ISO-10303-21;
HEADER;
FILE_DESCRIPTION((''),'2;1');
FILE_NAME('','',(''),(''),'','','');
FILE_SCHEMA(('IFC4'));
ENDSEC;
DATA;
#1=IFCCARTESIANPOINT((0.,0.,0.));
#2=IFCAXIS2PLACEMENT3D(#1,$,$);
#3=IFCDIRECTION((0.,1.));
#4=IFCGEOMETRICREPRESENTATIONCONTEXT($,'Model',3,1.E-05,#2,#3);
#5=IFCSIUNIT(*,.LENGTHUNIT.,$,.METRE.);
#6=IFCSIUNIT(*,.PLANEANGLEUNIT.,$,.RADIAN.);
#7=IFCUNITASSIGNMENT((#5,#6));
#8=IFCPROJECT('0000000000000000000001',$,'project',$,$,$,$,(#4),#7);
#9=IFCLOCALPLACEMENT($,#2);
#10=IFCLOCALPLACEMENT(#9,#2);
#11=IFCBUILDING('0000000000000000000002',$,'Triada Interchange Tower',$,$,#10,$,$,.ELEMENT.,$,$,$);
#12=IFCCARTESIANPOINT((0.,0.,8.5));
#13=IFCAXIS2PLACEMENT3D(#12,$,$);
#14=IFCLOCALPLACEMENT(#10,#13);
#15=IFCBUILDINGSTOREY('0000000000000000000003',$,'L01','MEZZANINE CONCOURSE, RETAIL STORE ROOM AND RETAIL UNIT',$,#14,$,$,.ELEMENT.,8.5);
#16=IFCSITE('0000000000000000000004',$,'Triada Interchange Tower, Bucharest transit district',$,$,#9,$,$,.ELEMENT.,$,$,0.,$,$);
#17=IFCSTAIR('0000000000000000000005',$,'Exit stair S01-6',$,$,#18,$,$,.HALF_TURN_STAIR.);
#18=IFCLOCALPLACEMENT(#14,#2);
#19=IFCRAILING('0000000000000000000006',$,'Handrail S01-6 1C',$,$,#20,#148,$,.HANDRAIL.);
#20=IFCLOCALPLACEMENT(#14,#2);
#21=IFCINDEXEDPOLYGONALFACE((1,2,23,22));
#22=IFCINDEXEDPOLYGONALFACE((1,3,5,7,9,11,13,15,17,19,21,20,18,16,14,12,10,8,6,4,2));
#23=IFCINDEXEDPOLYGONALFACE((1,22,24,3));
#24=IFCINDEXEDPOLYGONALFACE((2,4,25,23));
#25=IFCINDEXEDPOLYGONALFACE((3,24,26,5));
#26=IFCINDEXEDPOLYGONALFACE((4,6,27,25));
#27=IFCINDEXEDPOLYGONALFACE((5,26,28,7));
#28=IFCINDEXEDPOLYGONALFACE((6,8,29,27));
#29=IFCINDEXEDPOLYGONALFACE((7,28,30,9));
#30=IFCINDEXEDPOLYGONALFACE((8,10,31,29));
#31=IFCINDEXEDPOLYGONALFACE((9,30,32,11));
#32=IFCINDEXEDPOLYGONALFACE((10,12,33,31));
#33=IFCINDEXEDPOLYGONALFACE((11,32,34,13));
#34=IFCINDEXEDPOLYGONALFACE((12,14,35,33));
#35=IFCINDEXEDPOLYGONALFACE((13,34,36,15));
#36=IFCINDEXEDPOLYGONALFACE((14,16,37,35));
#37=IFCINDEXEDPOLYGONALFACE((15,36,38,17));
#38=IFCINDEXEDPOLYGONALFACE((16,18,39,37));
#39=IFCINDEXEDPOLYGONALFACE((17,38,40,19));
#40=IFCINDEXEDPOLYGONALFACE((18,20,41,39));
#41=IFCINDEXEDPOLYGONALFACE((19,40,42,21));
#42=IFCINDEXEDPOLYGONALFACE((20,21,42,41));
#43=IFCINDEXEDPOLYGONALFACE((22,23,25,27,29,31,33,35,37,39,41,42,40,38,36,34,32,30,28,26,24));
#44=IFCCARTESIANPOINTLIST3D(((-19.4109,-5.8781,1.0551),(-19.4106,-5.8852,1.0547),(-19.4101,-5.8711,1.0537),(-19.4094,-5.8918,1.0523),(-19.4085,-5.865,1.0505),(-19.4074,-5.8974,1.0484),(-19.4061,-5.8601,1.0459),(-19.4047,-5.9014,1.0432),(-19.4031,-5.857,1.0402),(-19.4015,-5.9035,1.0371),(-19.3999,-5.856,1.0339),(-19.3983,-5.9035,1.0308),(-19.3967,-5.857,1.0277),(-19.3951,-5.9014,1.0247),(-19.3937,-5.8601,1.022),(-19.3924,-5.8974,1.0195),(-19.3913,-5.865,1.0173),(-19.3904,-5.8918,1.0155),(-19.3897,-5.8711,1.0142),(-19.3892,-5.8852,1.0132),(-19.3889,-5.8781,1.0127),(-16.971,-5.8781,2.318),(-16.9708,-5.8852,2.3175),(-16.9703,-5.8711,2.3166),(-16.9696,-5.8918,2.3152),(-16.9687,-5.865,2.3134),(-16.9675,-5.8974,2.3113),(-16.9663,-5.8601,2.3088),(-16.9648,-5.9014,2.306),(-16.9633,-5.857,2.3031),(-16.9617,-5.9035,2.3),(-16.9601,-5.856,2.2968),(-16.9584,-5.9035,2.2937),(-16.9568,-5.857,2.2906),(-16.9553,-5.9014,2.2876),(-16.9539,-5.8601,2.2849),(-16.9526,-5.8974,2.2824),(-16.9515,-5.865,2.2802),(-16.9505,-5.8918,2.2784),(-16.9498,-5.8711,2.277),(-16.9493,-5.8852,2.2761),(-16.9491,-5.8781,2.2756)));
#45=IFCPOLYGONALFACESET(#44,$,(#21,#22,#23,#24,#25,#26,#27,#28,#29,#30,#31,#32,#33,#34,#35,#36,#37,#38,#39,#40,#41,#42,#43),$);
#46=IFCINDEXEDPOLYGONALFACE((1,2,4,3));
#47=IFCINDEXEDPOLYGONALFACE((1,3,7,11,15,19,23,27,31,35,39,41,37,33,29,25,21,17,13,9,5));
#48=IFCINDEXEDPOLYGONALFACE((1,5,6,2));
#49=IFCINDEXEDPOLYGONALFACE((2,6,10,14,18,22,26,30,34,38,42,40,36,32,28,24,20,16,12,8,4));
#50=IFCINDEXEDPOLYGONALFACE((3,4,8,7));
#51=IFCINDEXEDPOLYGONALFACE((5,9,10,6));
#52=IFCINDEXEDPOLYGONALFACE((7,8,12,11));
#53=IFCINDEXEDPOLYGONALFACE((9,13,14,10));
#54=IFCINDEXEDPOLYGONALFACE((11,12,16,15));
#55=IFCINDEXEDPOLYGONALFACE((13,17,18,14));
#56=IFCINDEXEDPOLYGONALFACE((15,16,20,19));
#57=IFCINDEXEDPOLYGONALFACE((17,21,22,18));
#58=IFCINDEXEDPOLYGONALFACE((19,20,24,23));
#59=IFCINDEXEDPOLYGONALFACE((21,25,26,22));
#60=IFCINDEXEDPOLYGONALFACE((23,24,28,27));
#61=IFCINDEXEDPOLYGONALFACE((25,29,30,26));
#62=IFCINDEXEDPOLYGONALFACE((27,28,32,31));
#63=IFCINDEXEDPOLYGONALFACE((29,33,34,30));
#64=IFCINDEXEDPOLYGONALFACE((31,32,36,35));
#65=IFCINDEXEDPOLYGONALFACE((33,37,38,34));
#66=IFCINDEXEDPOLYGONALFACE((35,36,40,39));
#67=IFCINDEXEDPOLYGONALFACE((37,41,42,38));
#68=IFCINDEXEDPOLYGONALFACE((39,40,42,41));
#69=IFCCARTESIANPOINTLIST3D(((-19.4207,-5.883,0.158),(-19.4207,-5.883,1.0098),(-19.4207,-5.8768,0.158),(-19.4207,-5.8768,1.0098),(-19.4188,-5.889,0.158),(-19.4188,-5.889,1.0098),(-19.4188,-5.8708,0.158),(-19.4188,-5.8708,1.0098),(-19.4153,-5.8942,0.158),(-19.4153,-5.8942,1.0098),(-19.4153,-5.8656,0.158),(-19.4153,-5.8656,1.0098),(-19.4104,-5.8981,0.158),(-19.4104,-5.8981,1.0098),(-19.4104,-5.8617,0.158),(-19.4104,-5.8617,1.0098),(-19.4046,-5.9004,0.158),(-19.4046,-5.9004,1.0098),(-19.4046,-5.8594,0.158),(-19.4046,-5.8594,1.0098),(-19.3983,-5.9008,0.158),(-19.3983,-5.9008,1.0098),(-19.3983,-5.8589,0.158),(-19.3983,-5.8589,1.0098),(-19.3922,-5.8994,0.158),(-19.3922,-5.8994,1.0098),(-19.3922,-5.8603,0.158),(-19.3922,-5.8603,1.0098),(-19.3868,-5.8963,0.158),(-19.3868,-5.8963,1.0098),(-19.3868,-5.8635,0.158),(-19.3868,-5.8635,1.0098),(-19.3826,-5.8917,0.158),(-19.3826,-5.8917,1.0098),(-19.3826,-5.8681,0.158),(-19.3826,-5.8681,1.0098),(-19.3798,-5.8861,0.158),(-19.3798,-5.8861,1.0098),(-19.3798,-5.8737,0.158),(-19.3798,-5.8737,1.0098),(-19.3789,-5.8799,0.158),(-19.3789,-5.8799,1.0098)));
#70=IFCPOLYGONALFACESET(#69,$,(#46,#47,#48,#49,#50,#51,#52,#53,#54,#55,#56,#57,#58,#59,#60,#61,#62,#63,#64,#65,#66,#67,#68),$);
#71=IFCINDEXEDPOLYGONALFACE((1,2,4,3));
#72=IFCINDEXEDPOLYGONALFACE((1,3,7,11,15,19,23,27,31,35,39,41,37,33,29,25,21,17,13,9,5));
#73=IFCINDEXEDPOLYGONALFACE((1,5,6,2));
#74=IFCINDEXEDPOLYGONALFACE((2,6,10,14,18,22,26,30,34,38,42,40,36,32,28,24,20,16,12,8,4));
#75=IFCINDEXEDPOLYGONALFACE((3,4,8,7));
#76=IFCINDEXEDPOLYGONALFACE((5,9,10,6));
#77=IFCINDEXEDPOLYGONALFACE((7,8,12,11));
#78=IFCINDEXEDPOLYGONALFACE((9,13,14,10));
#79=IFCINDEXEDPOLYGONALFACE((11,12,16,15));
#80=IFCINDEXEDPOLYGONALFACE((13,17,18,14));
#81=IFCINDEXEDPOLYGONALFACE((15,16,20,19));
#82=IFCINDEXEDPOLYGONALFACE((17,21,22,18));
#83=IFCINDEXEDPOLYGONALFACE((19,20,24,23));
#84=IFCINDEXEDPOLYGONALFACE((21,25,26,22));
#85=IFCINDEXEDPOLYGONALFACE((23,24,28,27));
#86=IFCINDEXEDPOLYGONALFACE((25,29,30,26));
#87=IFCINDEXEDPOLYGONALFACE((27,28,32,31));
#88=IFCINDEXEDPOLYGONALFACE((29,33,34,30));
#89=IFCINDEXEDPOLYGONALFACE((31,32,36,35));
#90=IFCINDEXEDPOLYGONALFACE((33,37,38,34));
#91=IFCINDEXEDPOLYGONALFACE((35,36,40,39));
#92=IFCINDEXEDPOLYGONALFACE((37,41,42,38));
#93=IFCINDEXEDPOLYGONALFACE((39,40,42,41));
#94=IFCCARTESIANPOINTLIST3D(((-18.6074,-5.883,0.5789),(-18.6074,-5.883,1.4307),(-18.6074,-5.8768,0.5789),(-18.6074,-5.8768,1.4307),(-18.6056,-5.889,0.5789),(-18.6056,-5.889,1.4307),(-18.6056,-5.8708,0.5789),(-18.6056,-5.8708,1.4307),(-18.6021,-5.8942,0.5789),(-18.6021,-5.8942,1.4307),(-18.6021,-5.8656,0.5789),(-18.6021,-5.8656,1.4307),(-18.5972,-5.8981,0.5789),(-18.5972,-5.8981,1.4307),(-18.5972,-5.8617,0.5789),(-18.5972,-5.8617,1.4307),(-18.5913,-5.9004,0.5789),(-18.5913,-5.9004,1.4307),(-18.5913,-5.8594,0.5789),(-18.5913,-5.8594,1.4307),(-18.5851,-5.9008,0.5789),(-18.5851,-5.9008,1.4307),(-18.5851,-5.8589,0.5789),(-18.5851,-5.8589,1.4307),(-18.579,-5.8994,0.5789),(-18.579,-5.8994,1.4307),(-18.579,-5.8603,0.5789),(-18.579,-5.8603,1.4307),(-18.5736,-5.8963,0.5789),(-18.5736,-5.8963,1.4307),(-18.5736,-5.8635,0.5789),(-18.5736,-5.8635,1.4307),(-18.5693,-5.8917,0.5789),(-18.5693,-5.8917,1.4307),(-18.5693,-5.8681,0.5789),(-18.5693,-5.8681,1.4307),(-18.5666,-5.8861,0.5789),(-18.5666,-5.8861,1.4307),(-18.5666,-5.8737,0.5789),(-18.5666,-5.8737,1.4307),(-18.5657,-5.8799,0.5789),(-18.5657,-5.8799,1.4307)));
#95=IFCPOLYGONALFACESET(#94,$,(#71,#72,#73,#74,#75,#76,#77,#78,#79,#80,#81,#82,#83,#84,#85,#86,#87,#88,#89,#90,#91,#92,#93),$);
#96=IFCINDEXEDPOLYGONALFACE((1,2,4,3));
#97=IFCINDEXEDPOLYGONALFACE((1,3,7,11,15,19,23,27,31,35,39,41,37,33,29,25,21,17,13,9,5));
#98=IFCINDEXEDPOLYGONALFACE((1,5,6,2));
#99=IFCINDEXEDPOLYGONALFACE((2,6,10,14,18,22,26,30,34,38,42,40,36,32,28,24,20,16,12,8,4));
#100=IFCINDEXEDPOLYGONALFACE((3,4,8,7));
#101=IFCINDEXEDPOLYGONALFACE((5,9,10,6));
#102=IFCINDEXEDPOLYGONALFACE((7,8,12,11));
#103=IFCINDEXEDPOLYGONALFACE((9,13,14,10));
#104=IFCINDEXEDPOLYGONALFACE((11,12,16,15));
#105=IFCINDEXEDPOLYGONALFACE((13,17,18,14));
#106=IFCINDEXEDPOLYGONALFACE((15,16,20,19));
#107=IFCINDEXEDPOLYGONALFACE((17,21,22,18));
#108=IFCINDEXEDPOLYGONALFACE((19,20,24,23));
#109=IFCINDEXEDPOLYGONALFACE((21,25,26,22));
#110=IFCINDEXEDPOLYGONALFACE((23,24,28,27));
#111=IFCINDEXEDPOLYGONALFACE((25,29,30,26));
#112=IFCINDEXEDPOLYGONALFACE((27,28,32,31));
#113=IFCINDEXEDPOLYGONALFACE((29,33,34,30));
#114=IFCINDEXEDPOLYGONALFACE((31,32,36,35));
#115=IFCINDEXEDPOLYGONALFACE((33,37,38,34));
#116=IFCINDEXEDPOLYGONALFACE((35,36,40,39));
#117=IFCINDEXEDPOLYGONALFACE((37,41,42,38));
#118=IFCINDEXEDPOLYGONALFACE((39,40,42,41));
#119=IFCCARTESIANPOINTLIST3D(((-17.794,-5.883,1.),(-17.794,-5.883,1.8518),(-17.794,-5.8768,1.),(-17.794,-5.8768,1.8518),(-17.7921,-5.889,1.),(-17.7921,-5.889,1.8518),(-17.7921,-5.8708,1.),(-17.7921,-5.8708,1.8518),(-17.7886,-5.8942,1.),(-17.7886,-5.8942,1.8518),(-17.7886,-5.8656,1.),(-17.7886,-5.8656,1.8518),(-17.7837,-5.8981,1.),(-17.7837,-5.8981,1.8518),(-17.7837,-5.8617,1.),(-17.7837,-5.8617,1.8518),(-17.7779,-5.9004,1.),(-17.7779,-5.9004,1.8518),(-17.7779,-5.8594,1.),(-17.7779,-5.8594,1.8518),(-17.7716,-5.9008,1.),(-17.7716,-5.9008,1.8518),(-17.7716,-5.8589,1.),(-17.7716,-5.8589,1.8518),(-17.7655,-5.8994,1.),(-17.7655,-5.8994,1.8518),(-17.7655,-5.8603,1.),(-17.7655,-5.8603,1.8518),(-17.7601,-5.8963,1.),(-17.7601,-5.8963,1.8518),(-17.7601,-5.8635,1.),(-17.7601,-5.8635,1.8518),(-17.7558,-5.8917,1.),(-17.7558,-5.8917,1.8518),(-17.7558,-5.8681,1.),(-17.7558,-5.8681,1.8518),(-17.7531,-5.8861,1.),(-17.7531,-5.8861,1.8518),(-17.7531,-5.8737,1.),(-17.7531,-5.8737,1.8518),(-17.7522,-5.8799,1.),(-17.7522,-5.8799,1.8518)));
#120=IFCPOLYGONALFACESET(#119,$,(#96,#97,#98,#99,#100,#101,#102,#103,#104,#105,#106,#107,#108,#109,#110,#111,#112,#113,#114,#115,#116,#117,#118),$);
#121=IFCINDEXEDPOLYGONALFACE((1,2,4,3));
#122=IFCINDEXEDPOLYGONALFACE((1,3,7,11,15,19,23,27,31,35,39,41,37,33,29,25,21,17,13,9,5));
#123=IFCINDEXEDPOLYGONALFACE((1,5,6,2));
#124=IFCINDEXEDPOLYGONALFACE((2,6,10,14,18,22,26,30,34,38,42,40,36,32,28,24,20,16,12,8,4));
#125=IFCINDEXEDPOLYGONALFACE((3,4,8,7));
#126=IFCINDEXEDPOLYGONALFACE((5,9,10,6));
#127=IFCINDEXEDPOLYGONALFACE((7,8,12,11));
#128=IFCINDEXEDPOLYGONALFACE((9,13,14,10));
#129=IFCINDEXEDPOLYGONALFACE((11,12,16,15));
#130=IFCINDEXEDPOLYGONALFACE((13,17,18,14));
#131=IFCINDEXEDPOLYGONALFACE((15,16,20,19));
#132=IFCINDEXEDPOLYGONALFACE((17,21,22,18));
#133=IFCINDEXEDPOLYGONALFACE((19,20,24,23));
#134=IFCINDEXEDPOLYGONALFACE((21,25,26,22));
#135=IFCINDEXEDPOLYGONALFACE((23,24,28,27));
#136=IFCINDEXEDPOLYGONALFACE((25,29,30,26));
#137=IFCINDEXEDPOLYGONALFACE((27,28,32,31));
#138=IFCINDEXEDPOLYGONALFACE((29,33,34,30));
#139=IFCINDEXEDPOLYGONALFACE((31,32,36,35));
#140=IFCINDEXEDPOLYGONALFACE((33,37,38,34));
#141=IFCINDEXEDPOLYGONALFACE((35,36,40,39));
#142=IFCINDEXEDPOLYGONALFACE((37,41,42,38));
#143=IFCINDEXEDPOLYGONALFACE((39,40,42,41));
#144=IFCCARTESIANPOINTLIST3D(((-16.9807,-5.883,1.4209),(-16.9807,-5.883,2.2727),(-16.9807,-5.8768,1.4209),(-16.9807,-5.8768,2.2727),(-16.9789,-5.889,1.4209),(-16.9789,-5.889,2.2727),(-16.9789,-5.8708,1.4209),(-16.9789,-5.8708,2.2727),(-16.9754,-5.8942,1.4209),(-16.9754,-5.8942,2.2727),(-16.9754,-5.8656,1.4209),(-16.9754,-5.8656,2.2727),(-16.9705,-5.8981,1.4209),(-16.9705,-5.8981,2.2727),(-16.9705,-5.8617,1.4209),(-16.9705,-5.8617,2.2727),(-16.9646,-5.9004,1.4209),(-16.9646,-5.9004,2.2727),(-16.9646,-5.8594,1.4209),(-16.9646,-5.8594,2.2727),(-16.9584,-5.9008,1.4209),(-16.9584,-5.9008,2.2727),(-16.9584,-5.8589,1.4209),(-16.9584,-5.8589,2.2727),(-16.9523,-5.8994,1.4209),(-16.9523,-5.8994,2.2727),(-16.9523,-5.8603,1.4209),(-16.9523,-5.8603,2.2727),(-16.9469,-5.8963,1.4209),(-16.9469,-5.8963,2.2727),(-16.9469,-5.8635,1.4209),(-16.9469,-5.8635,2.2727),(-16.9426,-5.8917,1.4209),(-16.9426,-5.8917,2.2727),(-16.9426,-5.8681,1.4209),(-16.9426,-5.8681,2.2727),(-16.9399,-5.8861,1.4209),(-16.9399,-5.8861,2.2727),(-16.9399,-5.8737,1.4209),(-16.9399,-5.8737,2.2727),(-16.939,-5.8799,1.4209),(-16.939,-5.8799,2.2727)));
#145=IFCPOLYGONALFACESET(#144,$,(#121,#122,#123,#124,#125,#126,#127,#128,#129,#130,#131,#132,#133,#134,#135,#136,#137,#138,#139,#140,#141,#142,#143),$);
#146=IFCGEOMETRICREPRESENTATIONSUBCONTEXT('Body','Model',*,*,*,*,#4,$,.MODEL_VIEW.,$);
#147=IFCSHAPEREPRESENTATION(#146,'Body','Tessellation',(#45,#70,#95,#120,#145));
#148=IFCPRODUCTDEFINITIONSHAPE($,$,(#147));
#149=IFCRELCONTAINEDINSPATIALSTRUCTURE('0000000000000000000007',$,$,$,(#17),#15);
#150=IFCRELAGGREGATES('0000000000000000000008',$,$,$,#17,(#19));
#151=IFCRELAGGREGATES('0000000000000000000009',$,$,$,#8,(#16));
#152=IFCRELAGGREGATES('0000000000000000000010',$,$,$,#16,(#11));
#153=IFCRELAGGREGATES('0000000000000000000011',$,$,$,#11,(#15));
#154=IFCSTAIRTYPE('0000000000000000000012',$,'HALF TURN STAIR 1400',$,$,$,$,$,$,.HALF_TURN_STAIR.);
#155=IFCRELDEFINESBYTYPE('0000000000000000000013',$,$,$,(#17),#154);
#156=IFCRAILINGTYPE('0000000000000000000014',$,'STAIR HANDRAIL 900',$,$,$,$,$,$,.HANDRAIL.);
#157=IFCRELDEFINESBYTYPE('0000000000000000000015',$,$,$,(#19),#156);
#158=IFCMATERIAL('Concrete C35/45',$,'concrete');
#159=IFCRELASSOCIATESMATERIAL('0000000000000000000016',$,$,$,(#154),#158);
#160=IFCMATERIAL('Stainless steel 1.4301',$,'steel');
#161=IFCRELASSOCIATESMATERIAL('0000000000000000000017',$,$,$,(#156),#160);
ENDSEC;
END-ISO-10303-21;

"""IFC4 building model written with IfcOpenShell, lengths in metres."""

from ifc_helpers import new_model, si_unit, direction, frame, origin, origin_2d, place, context, subcontext, project, spatial, circle, extrude, material, type_object, element, aggregate, save


model = new_model("IFC4")

# Units and contexts
model_context = context("Model", 3, precision=1e-05, world=origin(), true_north=direction((0.0, 1.0)))
body_context = subcontext(model_context, "Body", "Model", "MODEL_VIEW")
ifc_project = project(units=[si_unit("LENGTHUNIT", "METRE"), si_unit("PLANEANGLEUNIT", "RADIAN")], contexts=[model_context])

# Site, building, storey
site_placement = place(None, origin())
site = spatial("IfcSite", under=ifc_project, at=site_placement, Name="Triada Interchange Tower, Bucharest transit district", CompositionType="ELEMENT", RefElevation=0.0)
building_placement = place(site_placement, origin())
building = spatial("IfcBuilding", under=site, at=building_placement, Name="Triada Interchange Tower", CompositionType="ELEMENT")
storey_placement = place(building_placement, frame((0.0, 0.0, 8.5)))
storey = spatial("IfcBuildingStorey", under=building, at=storey_placement, Name="L01", Description="MEZZANINE CONCOURSE, RETAIL STORE ROOM AND RETAIL UNIT", CompositionType="ELEMENT", Elevation=8.5)

# Shared definitions
ifc_material_1 = material(Name="Concrete C35/45", Category="concrete")

# Stair, railing
stair_type = type_object("IfcStairType", Name="HALF TURN STAIR 1400", PredefinedType="HALF_TURN_STAIR", material=ifc_material_1)
stair_placement = place(storey_placement, origin())
stair = element("IfcStair", 1, at=stair_placement, inside=storey, type_object=stair_type, Name="Exit stair S01-6", PredefinedType="HALF_TURN_STAIR")
ifc_material_2 = material(Name="Stainless steel 1.4301", Category="steel")
railing_type_1 = type_object("IfcRailingType", Name="STAIR HANDRAIL 900", PredefinedType="HANDRAIL", material=ifc_material_2)
railing_1_placement = place(storey_placement, frame((-19.3999, -5.8799, 0.158)))
railing_1 = element("IfcRailing", 2, at=railing_1_placement, type_object=railing_type_1, Name="Handrail S01-6 1C", PredefinedType="HANDRAIL", context=body_context, shape_type="SweptSolid", body=[
    extrude(circle(Radius=0.0239, at=origin_2d()), frame((0.0, 0.0, 0.876), z_axis=(0.888084, 0.0, 0.459682), x_axis=(0.0, 1.0, 0.0)), (0.0, 0.0, 1.0), 2.7473),
    extrude(circle(Radius=0.021, at=origin_2d()), origin(), (0.0, 0.0, 1.0), 0.8518),
    extrude(circle(Radius=0.021, at=origin_2d()), frame((0.8132, 0.0, 0.4209)), (0.0, 0.0, 1.0), 0.8518),
    extrude(circle(Radius=0.021, at=origin_2d()), frame((1.6267, 0.0, 0.842)), (0.0, 0.0, 1.0), 0.8518),
    extrude(circle(Radius=0.021, at=origin_2d()), frame((2.4399, 0.0, 1.2629)), (0.0, 0.0, 1.0), 0.8518),
])
aggregate(stair, [railing_1])

save(model, "model.ifc")
